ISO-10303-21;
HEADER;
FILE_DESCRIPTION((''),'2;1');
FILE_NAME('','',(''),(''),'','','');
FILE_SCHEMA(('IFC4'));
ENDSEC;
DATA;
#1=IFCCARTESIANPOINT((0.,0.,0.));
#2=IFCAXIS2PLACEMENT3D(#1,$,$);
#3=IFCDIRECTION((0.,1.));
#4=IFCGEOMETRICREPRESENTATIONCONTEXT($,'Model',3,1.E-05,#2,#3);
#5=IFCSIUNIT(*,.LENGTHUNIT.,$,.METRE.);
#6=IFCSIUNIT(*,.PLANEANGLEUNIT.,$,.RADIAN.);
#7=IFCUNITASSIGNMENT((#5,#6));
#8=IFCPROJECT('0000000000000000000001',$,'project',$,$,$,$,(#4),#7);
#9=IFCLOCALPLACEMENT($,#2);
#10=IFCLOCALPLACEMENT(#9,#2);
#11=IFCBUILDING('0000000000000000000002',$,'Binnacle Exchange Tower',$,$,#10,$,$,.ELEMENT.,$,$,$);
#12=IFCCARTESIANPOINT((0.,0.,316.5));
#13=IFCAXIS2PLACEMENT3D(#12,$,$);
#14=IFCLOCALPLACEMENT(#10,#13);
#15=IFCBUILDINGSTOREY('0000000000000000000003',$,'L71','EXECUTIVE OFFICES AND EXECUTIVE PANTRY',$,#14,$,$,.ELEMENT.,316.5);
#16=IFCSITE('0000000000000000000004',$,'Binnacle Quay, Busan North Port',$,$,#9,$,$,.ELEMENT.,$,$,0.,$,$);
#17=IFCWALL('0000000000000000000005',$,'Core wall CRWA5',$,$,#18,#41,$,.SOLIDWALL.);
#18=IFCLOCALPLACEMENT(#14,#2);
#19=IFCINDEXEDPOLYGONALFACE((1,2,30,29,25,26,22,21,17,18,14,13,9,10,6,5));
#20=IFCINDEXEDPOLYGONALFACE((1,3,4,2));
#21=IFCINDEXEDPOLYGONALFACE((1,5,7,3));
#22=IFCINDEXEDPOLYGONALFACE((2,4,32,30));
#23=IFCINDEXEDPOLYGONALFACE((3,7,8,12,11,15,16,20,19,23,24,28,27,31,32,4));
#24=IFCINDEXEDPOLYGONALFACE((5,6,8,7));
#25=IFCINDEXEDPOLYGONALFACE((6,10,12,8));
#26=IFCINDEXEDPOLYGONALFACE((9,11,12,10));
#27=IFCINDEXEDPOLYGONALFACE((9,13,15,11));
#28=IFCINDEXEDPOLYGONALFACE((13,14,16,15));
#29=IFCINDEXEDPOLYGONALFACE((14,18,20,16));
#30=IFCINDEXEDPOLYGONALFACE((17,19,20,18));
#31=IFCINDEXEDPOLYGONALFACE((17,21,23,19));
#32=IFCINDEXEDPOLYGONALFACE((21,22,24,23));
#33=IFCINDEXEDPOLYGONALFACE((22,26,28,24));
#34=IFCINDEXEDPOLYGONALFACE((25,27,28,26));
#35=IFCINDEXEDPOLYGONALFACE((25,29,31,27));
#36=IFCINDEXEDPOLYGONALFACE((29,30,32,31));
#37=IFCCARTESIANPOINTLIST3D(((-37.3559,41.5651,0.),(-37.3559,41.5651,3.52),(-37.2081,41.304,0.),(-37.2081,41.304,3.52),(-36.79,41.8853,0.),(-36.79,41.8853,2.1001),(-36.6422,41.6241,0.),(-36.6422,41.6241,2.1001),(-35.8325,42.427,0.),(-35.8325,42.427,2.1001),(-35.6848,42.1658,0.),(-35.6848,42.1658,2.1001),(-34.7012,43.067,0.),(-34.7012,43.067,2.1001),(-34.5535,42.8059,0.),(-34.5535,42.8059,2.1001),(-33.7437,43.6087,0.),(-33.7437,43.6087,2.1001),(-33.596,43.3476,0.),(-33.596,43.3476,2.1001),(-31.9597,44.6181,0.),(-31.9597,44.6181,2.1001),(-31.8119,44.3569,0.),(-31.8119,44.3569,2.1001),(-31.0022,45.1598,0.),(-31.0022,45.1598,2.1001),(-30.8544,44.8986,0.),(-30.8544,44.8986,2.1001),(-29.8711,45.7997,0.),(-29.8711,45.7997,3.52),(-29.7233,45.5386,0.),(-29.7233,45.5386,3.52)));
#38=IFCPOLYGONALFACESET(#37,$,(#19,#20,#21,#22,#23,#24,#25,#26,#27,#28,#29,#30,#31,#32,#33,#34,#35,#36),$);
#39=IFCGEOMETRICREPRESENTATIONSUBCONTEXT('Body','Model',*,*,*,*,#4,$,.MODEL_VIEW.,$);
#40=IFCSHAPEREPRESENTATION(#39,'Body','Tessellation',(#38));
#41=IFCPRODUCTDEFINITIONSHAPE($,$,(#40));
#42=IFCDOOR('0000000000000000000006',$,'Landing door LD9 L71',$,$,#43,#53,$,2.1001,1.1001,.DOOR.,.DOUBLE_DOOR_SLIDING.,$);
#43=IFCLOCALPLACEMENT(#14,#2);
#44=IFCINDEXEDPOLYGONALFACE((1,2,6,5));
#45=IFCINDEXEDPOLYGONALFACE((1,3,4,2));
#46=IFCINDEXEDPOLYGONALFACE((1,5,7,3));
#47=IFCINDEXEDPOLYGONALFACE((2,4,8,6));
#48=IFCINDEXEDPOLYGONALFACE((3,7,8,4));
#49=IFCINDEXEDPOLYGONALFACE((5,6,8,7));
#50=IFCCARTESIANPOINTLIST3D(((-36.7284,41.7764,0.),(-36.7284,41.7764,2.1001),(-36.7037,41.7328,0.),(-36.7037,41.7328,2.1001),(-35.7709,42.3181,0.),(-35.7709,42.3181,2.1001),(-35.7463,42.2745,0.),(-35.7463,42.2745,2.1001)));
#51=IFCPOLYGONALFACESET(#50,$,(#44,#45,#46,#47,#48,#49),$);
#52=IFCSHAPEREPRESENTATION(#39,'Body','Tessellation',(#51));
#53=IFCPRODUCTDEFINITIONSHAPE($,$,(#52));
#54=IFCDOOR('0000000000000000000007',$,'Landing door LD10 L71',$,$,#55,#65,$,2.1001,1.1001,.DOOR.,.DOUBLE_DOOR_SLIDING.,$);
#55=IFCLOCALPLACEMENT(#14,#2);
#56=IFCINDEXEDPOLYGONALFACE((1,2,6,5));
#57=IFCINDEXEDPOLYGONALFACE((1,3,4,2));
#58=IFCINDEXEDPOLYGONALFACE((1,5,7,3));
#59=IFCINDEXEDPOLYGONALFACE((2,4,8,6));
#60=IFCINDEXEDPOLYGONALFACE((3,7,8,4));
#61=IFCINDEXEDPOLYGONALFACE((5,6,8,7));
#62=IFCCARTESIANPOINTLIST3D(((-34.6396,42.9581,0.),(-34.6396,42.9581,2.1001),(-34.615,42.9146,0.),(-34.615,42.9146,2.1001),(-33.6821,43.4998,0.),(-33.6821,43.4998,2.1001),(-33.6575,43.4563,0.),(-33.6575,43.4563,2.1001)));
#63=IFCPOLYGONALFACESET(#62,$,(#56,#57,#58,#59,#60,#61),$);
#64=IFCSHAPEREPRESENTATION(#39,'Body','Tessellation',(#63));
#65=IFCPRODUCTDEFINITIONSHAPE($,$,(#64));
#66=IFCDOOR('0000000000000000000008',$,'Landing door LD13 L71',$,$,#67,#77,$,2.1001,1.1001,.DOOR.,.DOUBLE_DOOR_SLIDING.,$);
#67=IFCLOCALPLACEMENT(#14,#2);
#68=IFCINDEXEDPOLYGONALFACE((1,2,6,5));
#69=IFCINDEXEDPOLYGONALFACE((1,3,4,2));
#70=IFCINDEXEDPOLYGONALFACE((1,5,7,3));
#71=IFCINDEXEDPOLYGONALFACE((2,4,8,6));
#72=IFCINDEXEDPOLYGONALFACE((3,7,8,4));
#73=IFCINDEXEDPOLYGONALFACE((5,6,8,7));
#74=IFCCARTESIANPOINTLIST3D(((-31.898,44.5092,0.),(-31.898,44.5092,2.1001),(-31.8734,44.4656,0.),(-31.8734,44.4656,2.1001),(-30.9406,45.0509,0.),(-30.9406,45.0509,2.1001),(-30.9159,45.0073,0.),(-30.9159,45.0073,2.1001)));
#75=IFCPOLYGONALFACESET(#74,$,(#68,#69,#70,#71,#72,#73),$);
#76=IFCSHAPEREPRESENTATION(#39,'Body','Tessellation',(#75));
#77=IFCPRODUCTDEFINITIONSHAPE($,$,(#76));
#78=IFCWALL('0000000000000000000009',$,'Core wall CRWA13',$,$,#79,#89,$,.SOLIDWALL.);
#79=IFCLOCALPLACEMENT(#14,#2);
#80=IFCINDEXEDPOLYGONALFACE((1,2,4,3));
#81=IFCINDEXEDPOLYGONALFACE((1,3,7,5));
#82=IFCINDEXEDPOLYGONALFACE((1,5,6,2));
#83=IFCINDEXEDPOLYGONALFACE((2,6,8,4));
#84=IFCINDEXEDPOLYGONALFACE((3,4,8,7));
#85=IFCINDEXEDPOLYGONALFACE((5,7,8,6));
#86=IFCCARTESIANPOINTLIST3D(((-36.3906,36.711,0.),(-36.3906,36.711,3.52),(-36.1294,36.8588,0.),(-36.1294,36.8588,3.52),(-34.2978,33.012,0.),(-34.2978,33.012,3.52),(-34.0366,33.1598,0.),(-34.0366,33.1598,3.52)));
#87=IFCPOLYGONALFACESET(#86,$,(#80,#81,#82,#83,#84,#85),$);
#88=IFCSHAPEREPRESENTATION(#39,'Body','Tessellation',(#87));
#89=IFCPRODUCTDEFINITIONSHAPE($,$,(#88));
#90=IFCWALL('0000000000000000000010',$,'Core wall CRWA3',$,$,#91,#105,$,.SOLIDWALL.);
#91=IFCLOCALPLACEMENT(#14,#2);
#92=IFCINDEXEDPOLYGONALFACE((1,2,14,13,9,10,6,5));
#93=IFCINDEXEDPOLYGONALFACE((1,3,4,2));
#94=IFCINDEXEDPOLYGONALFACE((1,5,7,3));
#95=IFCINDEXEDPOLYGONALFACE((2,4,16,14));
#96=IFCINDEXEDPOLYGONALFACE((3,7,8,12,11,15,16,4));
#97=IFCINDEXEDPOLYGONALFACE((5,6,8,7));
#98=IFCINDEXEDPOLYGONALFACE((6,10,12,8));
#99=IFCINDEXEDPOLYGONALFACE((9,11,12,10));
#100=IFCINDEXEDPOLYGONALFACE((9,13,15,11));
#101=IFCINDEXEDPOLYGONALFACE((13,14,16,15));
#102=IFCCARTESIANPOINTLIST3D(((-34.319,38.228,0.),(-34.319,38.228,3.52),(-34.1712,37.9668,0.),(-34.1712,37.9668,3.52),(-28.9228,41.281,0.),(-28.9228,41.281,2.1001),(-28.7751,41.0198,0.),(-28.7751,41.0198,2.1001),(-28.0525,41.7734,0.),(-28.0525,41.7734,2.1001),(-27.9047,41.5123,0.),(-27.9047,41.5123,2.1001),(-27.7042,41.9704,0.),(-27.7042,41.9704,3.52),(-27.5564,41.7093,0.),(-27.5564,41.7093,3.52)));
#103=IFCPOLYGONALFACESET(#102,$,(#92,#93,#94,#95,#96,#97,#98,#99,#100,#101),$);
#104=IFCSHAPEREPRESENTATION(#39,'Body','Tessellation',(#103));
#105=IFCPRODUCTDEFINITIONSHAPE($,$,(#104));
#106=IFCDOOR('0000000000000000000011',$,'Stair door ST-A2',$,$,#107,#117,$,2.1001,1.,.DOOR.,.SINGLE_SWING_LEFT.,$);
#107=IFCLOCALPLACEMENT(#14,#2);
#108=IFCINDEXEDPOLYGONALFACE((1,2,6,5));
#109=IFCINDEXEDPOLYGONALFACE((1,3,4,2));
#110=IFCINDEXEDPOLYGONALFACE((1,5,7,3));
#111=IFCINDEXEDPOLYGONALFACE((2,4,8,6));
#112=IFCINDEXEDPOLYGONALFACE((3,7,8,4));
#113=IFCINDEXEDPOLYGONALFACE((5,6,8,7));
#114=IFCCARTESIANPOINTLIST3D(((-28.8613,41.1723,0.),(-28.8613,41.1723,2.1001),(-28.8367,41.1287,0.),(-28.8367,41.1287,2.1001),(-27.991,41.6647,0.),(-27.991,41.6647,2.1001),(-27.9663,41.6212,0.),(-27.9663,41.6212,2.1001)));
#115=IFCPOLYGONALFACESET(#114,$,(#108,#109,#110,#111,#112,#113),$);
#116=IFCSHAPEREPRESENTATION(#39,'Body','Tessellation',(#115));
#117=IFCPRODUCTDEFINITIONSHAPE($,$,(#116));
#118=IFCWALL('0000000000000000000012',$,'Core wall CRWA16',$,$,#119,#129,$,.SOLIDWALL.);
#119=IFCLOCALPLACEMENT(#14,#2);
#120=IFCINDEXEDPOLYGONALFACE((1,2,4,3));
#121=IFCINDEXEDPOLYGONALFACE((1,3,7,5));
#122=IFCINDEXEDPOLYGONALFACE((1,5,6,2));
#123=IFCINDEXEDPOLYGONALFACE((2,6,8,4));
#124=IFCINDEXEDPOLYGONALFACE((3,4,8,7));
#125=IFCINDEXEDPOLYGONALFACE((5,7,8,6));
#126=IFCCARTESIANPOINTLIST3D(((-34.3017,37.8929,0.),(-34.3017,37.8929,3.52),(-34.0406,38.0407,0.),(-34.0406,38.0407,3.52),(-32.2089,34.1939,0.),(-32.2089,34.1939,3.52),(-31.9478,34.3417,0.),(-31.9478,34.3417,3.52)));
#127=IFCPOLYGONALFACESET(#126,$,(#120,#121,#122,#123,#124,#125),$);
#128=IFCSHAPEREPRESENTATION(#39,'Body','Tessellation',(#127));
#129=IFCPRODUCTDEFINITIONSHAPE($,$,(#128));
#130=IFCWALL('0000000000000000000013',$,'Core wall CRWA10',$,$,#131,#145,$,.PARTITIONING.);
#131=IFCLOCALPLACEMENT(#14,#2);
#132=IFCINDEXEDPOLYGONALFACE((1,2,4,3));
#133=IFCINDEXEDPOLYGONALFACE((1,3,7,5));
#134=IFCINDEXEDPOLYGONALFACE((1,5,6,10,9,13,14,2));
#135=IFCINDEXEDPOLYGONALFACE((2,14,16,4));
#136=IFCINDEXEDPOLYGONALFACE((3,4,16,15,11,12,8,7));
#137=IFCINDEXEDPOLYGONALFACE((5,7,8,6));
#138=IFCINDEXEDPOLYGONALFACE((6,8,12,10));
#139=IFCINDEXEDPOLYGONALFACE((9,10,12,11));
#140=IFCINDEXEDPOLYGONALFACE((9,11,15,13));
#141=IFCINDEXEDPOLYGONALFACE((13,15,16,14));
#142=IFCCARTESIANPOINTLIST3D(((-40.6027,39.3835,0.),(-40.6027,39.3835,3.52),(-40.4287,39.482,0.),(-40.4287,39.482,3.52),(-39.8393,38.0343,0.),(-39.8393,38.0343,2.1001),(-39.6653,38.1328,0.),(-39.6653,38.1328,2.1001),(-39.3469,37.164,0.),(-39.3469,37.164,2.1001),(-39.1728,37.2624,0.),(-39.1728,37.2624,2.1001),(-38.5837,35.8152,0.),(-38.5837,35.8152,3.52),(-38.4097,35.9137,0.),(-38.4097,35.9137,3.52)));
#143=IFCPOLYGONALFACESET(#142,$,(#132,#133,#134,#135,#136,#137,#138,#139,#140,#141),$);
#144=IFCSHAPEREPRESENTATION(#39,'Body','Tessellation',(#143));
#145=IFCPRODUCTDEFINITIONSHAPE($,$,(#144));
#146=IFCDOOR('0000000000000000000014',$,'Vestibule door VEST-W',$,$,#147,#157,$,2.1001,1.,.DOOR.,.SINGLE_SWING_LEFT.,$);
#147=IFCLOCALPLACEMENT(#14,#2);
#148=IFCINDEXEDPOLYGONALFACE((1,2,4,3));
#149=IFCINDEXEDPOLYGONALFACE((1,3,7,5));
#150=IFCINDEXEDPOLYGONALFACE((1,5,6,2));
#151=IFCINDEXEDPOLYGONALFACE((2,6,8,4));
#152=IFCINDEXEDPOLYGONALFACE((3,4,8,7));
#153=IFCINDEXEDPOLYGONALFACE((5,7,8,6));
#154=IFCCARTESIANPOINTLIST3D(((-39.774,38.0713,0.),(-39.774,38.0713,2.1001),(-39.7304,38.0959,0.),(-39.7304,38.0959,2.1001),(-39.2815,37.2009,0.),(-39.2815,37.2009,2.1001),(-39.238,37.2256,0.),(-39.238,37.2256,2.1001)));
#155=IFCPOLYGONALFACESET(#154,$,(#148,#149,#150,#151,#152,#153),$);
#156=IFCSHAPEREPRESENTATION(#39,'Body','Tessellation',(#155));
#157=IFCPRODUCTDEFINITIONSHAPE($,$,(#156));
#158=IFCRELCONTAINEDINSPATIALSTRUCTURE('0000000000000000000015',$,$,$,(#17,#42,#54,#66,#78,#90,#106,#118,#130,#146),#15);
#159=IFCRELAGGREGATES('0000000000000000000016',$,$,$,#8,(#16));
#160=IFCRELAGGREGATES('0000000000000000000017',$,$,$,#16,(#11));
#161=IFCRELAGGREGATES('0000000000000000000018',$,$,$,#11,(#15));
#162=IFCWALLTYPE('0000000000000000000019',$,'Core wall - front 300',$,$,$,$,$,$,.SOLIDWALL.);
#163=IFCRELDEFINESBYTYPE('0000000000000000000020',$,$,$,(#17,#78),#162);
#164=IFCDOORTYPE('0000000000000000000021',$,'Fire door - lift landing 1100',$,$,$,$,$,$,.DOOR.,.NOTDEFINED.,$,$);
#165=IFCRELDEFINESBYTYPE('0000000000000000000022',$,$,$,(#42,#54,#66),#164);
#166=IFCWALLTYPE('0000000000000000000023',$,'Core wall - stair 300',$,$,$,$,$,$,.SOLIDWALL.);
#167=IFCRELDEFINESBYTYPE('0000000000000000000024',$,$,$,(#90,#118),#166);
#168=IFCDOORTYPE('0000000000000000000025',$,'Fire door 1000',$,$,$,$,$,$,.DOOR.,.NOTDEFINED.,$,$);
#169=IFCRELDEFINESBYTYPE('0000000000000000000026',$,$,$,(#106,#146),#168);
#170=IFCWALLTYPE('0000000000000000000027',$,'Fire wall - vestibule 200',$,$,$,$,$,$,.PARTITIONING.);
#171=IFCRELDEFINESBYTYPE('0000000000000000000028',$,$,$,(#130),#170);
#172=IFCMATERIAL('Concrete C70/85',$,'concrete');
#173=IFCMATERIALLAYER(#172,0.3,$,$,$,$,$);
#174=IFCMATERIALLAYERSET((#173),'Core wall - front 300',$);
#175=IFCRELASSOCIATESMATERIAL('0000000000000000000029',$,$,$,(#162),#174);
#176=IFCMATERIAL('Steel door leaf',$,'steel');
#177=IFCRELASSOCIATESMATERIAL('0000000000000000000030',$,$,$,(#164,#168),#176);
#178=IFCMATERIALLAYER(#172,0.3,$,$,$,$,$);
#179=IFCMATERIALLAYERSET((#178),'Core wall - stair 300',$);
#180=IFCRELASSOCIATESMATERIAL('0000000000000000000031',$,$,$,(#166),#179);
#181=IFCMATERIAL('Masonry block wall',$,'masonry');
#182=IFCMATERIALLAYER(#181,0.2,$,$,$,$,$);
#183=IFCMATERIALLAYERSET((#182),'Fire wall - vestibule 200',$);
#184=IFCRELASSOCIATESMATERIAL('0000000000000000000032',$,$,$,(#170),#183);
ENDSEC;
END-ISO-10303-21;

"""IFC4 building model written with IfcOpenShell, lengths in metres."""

from ifc_helpers import new_model, si_unit, direction, frame, frame_2d, origin, place, context, subcontext, project, spatial, rectangle, extrude, material, layer, layer_set, type_object, element, fill, save


model = new_model("IFC4")

# Units and contexts
model_context = context("Model", 3, precision=1e-05, world=origin(), true_north=direction((0.0, 1.0)))
body_context = subcontext(model_context, "Body", "Model", "MODEL_VIEW")
ifc_project = project(units=[si_unit("LENGTHUNIT", "METRE"), si_unit("PLANEANGLEUNIT", "RADIAN")], contexts=[model_context])

# Site, building, storey
site_placement = place(None, origin())
site = spatial("IfcSite", under=ifc_project, at=site_placement, Name="Binnacle Quay, Busan North Port", CompositionType="ELEMENT", RefElevation=0.0)
building_placement = place(site_placement, origin())
building = spatial("IfcBuilding", under=site, at=building_placement, Name="Binnacle Exchange Tower", CompositionType="ELEMENT")
storey_placement = place(building_placement, frame((0.0, 0.0, 316.5)))
storey = spatial("IfcBuildingStorey", under=building, at=storey_placement, Name="L71", Description="EXECUTIVE OFFICES AND EXECUTIVE PANTRY", CompositionType="ELEMENT", Elevation=316.5)

# Wall, openings, doors
ifc_material_1 = material(Name="Concrete C70/85", Category="concrete")
ifc_layer_1 = layer(ifc_material_1, 0.3)
ifc_layer_set_1 = layer_set([ifc_layer_1], Name="Core wall - front 300")
wall_type_1 = type_object("IfcWallType", Name="Core wall - front 300", PredefinedType="SOLIDWALL", material=ifc_layer_set_1)
wall_1_placement = place(storey_placement, frame((-37.282, 41.4346, 0.0), z_axis=(0.0, 0.0, 1.0), x_axis=(0.870361, 0.492414, 0.0)))
wall_1 = element("IfcWall", 1, at=wall_1_placement, inside=storey, type_object=wall_type_1, Name="Core wall CRWA5", PredefinedType="SOLIDWALL", context=body_context, shape_type="SweptSolid", body=[
    extrude(rectangle(XDim=8.5996, YDim=0.3, at=frame_2d((4.2998, 0.0))), origin(), (0.0, 0.0, 1.0), 3.52),
])
opening_1_placement = place(wall_1_placement, frame((0.6501, 0.0, 0.0)))
opening_1 = element("IfcOpeningElement", 2, at=opening_1_placement, cuts=wall_1, PredefinedType="OPENING", context=body_context, shape_type="SweptSolid", body=[
    extrude(rectangle(XDim=1.1001, YDim=2.1001, at=frame_2d((0.55, 1.05))), frame((0.0, 0.1599, 0.0), z_axis=(0.0, -1.0, 0.0), x_axis=(1.0, 0.0, 0.0)), (0.0, 0.0, 1.0), 0.3201),
])
opening_2_placement = place(wall_1_placement, frame((3.05, 0.0, 0.0)))
opening_2 = element("IfcOpeningElement", 3, at=opening_2_placement, cuts=wall_1, PredefinedType="OPENING", context=body_context, shape_type="SweptSolid", body=[
    extrude(rectangle(XDim=1.1001, YDim=2.1001, at=frame_2d((0.55, 1.05))), frame((0.0, 0.1599, 0.0), z_axis=(0.0, -1.0, 0.0), x_axis=(1.0, 0.0, 0.0)), (0.0, 0.0, 1.0), 0.3201),
])
opening_3_placement = place(wall_1_placement, frame((6.2, 0.0, 0.0)))
opening_3 = element("IfcOpeningElement", 4, at=opening_3_placement, cuts=wall_1, PredefinedType="OPENING", context=body_context, shape_type="SweptSolid", body=[
    extrude(rectangle(XDim=1.1001, YDim=2.1001, at=frame_2d((0.55, 1.05))), frame((0.0, 0.1599, 0.0), z_axis=(0.0, -1.0, 0.0), x_axis=(1.0, 0.0, 0.0)), (0.0, 0.0, 1.0), 0.3201),
])
ifc_material_2 = material(Name="Steel door leaf", Category="steel")
door_type_1 = type_object("IfcDoorType", Name="Fire door - lift landing 1100", OperationType="NOTDEFINED", PredefinedType="DOOR", material=ifc_material_2)
door_1_placement = place(opening_1_placement, origin())
door_1 = element("IfcDoor", 5, at=door_1_placement, inside=storey, type_object=door_type_1, Name="Landing door LD9 L71", OperationType="DOUBLE_DOOR_SLIDING", OverallHeight=2.1001, OverallWidth=1.1001, PredefinedType="DOOR", context=body_context, shape_type="SweptSolid", body=[
    extrude(rectangle(XDim=1.1001, YDim=2.1001, at=frame_2d((0.55, 1.05))), frame((0.0, 0.0249, 0.0), z_axis=(0.0, -1.0, 0.0), x_axis=(1.0, 0.0, 0.0)), (0.0, 0.0, 1.0), 0.05),
])
fill(opening_1, door_1)
door_2_placement = place(opening_2_placement, origin())
door_2 = element("IfcDoor", 6, at=door_2_placement, inside=storey, type_object=door_type_1, Name="Landing door LD10 L71", OperationType="DOUBLE_DOOR_SLIDING", OverallHeight=2.1001, OverallWidth=1.1001, PredefinedType="DOOR", context=body_context, shape_type="SweptSolid", body=[
    extrude(rectangle(XDim=1.1001, YDim=2.1001, at=frame_2d((0.55, 1.05))), frame((0.0, 0.0249, 0.0), z_axis=(0.0, -1.0, 0.0), x_axis=(1.0, 0.0, 0.0)), (0.0, 0.0, 1.0), 0.05),
])
fill(opening_2, door_2)
door_3_placement = place(opening_3_placement, origin())
door_3 = element("IfcDoor", 7, at=door_3_placement, inside=storey, type_object=door_type_1, Name="Landing door LD13 L71", OperationType="DOUBLE_DOOR_SLIDING", OverallHeight=2.1001, OverallWidth=1.1001, PredefinedType="DOOR", context=body_context, shape_type="SweptSolid", body=[
    extrude(rectangle(XDim=1.1001, YDim=2.1001, at=frame_2d((0.55, 1.05))), frame((0.0, 0.0249, 0.0), z_axis=(0.0, -1.0, 0.0), x_axis=(1.0, 0.0, 0.0)), (0.0, 0.0, 1.0), 0.05),
])
fill(opening_3, door_3)

# Wall
wall_2_placement = place(storey_placement, frame((-36.26, 36.7849, 0.0), z_axis=(0.0, 0.0, 1.0), x_axis=(0.492423, -0.870356, 0.0)))
element("IfcWall", 8, at=wall_2_placement, inside=storey, type_object=wall_type_1, Name="Core wall CRWA13", PredefinedType="SOLIDWALL", context=body_context, shape_type="SweptSolid", body=[
    extrude(rectangle(XDim=4.25, YDim=0.3, at=frame_2d((2.125, 0.0))), origin(), (0.0, 0.0, 1.0), 3.52),
])

# Wall, opening, door
ifc_layer_2 = layer(ifc_material_1, 0.3)
ifc_layer_set_2 = layer_set([ifc_layer_2], Name="Core wall - stair 300")
wall_type_2 = type_object("IfcWallType", Name="Core wall - stair 300", PredefinedType="SOLIDWALL", material=ifc_layer_set_2)
wall_3_placement = place(storey_placement, frame((-34.2451, 38.0974, 0.0), z_axis=(0.0, 0.0, 1.0), x_axis=(0.870356, 0.492422, 0.0)))
wall_3 = element("IfcWall", 9, at=wall_3_placement, inside=storey, type_object=wall_type_2, Name="Core wall CRWA3", PredefinedType="SOLIDWALL", context=body_context, shape_type="SweptSolid", body=[
    extrude(rectangle(XDim=7.6001, YDim=0.3, at=frame_2d((3.8, 0.0))), origin(), (0.0, 0.0, 1.0), 3.52),
])
opening_4_placement = place(wall_3_placement, frame((6.2, 0.0, 0.0)))
opening_4 = element("IfcOpeningElement", 10, at=opening_4_placement, cuts=wall_3, PredefinedType="OPENING", context=body_context, shape_type="SweptSolid", body=[
    extrude(rectangle(XDim=1.0, YDim=2.1001, at=frame_2d((0.5, 1.05))), frame((0.0, 0.1599, 0.0), z_axis=(0.0, -1.0, 0.0), x_axis=(1.0, 0.0, 0.0)), (0.0, 0.0, 1.0), 0.3201),
])
door_type_2 = type_object("IfcDoorType", Name="Fire door 1000", OperationType="NOTDEFINED", PredefinedType="DOOR", material=ifc_material_2)
door_4_placement = place(opening_4_placement, frame((1.0, 0.0, 0.0), z_axis=(0.0, 0.0, 1.0), x_axis=(-1.0, 0.0, 0.0)))
door_4 = element("IfcDoor", 11, at=door_4_placement, inside=storey, type_object=door_type_2, Name="Stair door ST-A2", OperationType="SINGLE_SWING_LEFT", OverallHeight=2.1001, OverallWidth=1.0, PredefinedType="DOOR", context=body_context, shape_type="SweptSolid", body=[
    extrude(rectangle(XDim=1.0, YDim=2.1001, at=frame_2d((0.5, 1.05))), frame((0.0, 0.0249, 0.0), z_axis=(0.0, -1.0, 0.0), x_axis=(1.0, 0.0, 0.0)), (0.0, 0.0, 1.0), 0.05),
])
fill(opening_4, door_4)

# Wall
wall_4_placement = place(storey_placement, frame((-34.1711, 37.9668, 0.0), z_axis=(0.0, 0.0, 1.0), x_axis=(0.492423, -0.870356, 0.0)))
element("IfcWall", 12, at=wall_4_placement, inside=storey, type_object=wall_type_2, Name="Core wall CRWA16", PredefinedType="SOLIDWALL", context=body_context, shape_type="SweptSolid", body=[
    extrude(rectangle(XDim=4.25, YDim=0.3, at=frame_2d((2.125, 0.0))), origin(), (0.0, 0.0, 1.0), 3.52),
])

# Wall, opening, door
ifc_material_3 = material(Name="Masonry block wall", Category="masonry")
ifc_layer_3 = layer(ifc_material_3, 0.2)
ifc_layer_set_3 = layer_set([ifc_layer_3], Name="Fire wall - vestibule 200")
wall_type_3 = type_object("IfcWallType", Name="Fire wall - vestibule 200", PredefinedType="PARTITIONING", material=ifc_layer_set_3)
wall_5_placement = place(storey_placement, frame((-40.5156, 39.4326, 0.0), z_axis=(0.0, 0.0, 1.0), x_axis=(0.492454, -0.870339, 0.0)))
wall_5 = element("IfcWall", 13, at=wall_5_placement, inside=storey, type_object=wall_type_3, Name="Core wall CRWA10", PredefinedType="PARTITIONING", context=body_context, shape_type="SweptSolid", body=[
    extrude(rectangle(XDim=4.0999, YDim=0.2, at=frame_2d((2.0498, 0.0))), origin(), (0.0, 0.0, 1.0), 3.52),
])
opening_5_placement = place(wall_5_placement, frame((1.55, 0.0, 0.0)))
opening_5 = element("IfcOpeningElement", 14, at=opening_5_placement, cuts=wall_5, PredefinedType="OPENING", context=body_context, shape_type="SweptSolid", body=[
    extrude(rectangle(XDim=1.0, YDim=2.1001, at=frame_2d((0.5, 1.05))), frame((0.0, 0.1099, 0.0), z_axis=(0.0, -1.0, 0.0), x_axis=(1.0, 0.0, 0.0)), (0.0, 0.0, 1.0), 0.22),
])
door_5_placement = place(opening_5_placement, frame((1.0, 0.0, 0.0), z_axis=(0.0, 0.0, 1.0), x_axis=(-1.0, 0.0, 0.0)))
door_5 = element("IfcDoor", 15, at=door_5_placement, inside=storey, type_object=door_type_2, Name="Vestibule door VEST-W", OperationType="SINGLE_SWING_LEFT", OverallHeight=2.1001, OverallWidth=1.0, PredefinedType="DOOR", context=body_context, shape_type="SweptSolid", body=[
    extrude(rectangle(XDim=1.0, YDim=2.1001, at=frame_2d((0.5, 1.05))), frame((0.0, 0.0249, 0.0), z_axis=(0.0, -1.0, 0.0), x_axis=(1.0, 0.0, 0.0)), (0.0, 0.0, 1.0), 0.05),
])
fill(opening_5, door_5)

save(model, "model.ifc")
